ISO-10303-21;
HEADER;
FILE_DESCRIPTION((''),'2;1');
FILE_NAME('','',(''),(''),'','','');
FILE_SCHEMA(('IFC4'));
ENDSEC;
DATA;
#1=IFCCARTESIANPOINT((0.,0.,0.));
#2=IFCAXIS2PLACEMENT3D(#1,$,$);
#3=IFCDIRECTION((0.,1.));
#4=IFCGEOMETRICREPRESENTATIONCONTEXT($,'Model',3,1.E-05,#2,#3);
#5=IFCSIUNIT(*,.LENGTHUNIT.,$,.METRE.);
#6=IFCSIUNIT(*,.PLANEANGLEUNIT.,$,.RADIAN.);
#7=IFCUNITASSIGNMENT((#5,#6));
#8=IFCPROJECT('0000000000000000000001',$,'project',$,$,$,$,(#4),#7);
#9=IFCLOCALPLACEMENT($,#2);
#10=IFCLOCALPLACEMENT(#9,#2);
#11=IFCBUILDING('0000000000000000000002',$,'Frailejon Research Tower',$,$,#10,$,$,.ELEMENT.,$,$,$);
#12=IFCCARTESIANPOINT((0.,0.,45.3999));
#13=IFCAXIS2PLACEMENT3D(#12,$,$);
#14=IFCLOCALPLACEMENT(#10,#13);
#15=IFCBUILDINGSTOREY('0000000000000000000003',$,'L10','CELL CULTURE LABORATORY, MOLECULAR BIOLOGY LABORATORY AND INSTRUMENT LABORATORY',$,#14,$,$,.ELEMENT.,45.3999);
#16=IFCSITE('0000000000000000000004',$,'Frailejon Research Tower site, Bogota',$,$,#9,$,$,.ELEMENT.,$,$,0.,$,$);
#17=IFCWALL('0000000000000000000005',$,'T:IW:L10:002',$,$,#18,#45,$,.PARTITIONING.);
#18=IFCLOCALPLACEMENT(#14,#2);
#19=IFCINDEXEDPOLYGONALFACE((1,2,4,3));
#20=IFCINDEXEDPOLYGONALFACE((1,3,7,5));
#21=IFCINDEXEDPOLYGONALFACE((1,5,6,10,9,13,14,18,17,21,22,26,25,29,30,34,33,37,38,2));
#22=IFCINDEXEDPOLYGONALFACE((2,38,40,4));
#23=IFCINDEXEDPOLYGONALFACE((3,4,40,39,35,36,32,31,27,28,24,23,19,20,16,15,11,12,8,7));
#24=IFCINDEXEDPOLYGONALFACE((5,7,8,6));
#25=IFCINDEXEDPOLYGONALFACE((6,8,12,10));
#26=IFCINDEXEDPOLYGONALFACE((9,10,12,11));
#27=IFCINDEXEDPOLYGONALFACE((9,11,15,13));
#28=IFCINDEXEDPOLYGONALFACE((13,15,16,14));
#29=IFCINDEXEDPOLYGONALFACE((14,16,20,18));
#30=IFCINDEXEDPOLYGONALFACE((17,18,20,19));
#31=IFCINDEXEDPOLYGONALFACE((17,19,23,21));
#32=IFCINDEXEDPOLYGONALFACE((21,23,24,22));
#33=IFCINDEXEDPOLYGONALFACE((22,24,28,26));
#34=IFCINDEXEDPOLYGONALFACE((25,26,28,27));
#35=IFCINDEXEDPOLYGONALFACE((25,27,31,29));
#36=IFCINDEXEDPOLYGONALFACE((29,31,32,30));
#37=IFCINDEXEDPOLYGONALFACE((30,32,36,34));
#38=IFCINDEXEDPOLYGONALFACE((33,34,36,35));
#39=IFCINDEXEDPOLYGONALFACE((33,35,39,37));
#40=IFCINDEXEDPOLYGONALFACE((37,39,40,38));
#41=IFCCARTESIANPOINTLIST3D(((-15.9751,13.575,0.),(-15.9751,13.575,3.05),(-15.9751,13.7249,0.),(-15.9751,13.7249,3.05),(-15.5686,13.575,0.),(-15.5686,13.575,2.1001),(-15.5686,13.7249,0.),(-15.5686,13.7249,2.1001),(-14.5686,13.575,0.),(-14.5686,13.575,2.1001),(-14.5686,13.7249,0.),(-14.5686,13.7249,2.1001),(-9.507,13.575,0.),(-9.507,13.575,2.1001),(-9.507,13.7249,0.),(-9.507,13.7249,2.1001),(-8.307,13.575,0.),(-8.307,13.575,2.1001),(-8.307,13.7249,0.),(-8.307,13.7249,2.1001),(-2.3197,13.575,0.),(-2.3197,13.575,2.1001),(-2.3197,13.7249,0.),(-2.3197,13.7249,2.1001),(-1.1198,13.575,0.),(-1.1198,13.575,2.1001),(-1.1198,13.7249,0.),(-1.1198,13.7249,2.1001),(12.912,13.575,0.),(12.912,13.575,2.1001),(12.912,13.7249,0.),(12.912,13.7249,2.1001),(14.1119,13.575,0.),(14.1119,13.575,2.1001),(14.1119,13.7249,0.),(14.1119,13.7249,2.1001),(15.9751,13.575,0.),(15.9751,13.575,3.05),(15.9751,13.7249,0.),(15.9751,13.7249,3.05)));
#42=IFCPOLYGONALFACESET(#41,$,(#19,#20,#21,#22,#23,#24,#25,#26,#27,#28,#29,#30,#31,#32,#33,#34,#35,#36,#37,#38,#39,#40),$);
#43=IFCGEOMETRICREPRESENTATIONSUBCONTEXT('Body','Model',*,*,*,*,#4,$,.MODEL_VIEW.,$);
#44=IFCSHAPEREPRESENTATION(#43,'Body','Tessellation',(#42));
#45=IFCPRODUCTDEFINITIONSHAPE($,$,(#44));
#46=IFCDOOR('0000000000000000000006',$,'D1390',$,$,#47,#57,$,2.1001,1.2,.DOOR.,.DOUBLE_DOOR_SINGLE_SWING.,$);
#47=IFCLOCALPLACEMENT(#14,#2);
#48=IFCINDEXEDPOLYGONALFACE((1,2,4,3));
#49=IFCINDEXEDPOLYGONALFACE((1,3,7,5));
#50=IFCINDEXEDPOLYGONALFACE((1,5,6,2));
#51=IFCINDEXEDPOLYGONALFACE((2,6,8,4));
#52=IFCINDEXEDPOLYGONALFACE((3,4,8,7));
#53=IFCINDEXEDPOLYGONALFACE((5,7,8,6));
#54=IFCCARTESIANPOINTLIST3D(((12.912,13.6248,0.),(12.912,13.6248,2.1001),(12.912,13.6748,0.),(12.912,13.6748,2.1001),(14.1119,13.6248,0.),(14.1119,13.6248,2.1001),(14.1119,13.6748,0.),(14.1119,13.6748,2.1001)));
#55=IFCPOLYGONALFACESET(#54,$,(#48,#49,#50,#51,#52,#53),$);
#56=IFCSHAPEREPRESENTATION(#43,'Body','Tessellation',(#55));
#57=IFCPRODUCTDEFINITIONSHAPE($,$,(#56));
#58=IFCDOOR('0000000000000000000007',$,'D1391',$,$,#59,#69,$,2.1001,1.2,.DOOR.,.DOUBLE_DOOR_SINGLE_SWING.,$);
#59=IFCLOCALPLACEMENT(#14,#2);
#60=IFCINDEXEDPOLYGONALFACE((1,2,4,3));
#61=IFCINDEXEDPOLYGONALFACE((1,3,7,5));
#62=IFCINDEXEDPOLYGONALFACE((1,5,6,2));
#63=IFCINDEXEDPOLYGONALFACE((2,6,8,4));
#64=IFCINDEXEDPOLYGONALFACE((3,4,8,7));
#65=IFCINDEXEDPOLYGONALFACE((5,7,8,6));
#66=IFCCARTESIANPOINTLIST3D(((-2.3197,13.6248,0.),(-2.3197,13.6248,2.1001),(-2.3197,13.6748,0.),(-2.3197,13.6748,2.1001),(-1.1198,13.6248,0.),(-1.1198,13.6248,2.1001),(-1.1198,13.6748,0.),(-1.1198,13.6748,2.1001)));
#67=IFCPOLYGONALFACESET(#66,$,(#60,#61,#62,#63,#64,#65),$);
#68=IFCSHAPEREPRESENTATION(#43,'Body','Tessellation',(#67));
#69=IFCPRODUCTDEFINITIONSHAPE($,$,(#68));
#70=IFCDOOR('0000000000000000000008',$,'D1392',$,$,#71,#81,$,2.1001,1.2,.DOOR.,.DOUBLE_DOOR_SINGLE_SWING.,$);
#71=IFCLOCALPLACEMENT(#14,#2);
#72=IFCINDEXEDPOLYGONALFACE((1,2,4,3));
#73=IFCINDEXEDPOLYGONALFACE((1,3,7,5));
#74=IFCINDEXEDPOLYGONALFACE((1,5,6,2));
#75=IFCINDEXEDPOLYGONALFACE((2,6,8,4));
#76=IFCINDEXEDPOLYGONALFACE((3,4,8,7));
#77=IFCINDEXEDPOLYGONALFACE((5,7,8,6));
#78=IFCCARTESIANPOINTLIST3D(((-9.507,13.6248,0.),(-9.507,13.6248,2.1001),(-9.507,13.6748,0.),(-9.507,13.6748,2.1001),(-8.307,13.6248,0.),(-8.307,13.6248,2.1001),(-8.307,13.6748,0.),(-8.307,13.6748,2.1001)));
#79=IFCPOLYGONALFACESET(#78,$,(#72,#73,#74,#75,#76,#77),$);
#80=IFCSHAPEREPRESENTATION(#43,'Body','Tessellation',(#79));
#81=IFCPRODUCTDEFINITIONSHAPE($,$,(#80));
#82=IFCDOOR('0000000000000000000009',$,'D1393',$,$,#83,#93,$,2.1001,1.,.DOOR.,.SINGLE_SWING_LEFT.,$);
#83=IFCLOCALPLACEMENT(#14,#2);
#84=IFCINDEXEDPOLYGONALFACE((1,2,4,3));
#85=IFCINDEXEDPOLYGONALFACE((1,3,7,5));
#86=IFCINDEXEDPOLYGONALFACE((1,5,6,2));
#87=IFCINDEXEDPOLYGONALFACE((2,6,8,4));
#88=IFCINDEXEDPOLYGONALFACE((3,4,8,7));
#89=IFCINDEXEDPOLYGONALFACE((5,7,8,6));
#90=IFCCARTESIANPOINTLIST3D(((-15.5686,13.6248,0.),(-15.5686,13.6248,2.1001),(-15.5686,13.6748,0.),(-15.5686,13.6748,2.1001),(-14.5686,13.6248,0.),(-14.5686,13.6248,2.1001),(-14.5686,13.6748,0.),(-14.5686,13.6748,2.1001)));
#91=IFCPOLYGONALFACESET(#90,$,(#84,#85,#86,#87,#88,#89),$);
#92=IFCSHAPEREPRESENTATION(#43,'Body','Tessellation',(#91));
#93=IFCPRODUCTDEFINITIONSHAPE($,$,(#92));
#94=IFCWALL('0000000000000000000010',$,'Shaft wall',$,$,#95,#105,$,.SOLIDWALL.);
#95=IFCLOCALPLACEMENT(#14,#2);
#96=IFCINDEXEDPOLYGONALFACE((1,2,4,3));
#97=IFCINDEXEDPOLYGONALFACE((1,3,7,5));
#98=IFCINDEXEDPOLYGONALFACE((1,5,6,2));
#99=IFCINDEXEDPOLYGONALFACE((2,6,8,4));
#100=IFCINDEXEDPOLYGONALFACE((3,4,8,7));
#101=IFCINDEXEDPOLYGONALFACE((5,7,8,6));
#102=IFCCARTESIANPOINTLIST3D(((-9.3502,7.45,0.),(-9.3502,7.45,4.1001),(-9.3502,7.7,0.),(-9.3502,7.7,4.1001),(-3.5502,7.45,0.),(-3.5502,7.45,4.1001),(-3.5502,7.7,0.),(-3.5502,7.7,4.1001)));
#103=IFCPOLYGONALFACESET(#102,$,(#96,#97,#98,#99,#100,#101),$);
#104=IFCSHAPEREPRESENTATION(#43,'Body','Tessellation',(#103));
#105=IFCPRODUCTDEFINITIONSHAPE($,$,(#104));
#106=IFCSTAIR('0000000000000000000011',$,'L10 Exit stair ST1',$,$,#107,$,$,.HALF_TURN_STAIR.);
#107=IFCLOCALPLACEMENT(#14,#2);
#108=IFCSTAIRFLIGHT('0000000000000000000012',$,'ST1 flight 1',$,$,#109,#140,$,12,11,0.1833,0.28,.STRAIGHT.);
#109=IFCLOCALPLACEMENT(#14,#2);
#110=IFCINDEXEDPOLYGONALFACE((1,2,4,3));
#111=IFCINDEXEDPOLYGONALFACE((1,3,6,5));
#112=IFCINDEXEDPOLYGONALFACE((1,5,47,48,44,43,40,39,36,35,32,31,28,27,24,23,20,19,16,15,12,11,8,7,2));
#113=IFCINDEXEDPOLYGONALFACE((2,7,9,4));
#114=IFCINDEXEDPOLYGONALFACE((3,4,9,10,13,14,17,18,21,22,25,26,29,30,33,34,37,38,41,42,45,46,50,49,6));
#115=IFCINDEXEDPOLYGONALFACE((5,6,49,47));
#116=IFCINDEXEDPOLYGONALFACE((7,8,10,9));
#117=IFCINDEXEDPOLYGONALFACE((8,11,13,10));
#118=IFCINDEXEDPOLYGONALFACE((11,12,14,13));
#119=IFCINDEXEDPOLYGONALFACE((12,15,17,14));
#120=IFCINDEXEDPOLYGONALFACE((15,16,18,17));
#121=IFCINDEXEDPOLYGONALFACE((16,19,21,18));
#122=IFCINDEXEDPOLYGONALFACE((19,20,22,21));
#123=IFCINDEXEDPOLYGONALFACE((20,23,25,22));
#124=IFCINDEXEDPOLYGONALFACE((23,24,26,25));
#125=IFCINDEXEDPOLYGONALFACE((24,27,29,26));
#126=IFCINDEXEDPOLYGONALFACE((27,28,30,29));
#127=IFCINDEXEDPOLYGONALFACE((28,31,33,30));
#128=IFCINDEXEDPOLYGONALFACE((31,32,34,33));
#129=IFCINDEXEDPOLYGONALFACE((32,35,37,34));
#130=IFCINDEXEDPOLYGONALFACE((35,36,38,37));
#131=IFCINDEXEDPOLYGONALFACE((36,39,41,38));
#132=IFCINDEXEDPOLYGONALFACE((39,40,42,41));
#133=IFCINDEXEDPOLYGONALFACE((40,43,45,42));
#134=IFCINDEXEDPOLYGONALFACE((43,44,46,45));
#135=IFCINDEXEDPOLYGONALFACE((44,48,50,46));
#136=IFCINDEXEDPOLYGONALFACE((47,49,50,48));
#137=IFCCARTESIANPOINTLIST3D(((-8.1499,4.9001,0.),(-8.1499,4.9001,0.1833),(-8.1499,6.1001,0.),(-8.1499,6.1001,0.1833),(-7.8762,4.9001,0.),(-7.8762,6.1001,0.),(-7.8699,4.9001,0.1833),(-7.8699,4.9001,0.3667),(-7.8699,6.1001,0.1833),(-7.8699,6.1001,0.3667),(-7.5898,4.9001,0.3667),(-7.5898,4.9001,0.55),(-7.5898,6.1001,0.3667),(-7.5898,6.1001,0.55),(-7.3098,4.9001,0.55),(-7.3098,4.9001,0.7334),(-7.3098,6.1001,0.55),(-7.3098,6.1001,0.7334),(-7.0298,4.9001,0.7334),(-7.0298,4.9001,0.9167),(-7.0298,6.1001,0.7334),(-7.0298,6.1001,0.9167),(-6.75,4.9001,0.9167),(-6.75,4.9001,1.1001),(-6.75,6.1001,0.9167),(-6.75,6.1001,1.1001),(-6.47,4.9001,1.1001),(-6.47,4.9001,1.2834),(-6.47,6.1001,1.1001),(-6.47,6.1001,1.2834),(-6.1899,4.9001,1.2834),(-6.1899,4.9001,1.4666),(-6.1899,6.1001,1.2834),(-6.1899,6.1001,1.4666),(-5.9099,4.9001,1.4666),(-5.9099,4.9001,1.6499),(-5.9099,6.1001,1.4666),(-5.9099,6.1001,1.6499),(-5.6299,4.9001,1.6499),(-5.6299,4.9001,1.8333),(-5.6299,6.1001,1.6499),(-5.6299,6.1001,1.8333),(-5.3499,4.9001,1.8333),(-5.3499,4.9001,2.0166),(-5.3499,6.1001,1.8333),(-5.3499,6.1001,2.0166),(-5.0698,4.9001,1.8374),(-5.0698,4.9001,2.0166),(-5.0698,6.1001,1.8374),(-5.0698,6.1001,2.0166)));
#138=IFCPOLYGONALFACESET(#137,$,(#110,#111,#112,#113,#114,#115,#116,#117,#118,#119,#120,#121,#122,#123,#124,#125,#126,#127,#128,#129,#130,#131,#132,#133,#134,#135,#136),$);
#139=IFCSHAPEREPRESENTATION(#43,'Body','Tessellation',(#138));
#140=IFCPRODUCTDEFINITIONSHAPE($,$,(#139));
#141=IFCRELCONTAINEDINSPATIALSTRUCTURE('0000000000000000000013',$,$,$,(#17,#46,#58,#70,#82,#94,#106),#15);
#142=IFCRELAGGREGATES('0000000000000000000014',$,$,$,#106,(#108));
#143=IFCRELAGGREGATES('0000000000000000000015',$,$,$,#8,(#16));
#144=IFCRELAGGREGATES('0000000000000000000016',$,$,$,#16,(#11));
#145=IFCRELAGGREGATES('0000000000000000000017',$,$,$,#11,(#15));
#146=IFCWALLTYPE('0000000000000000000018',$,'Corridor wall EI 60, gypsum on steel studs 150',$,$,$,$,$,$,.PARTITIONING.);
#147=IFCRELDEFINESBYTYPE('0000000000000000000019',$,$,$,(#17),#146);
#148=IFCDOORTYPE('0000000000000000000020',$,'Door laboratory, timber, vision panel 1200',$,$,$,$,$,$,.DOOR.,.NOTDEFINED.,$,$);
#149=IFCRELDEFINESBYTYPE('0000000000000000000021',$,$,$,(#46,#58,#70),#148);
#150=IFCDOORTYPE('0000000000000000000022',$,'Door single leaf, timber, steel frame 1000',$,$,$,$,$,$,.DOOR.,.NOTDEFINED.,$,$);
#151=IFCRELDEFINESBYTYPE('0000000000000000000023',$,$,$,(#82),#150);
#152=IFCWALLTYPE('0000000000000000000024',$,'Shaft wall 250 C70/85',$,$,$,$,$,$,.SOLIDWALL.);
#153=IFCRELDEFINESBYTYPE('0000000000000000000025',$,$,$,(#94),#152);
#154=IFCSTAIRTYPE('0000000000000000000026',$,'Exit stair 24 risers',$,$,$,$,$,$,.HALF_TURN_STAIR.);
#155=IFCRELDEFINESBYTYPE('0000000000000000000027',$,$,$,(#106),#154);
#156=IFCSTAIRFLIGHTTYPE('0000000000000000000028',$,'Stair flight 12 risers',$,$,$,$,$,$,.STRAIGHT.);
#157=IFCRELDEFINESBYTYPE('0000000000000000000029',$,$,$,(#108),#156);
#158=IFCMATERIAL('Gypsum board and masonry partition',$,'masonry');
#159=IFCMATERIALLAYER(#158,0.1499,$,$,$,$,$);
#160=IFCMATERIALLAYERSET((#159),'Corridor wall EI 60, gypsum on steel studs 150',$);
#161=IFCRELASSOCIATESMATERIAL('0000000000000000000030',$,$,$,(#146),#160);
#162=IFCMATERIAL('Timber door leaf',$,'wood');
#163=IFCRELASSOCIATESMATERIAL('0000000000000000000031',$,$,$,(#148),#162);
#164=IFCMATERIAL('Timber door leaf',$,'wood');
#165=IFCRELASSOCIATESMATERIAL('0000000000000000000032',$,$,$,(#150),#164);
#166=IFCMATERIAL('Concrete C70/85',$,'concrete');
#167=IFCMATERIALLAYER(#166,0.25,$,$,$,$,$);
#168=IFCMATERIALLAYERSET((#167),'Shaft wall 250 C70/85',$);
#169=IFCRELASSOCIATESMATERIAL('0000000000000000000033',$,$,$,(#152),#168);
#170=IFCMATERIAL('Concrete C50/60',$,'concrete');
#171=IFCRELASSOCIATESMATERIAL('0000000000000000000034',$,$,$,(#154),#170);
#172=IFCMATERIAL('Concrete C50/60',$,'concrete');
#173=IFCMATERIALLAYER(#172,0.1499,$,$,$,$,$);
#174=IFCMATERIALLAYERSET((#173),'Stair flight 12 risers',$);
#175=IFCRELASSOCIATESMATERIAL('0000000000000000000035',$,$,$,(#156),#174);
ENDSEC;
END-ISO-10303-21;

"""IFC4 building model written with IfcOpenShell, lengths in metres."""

from ifc_helpers import new_model, si_unit, direction, frame, frame_2d, origin, place, context, subcontext, project, spatial, polyline, rectangle, outline, extrude, material, layer, layer_set, type_object, element, fill, aggregate, save


model = new_model("IFC4")

# Units and contexts
model_context = context("Model", 3, precision=1e-05, world=origin(), true_north=direction((0.0, 1.0)))
body_context = subcontext(model_context, "Body", "Model", "MODEL_VIEW")
ifc_project = project(units=[si_unit("LENGTHUNIT", "METRE"), si_unit("PLANEANGLEUNIT", "RADIAN")], contexts=[model_context])

# Site, building, storey
site_placement = place(None, origin())
site = spatial("IfcSite", under=ifc_project, at=site_placement, Name="Frailejon Research Tower site, Bogota", CompositionType="ELEMENT", RefElevation=0.0)
building_placement = place(site_placement, origin())
building = spatial("IfcBuilding", under=site, at=building_placement, Name="Frailejon Research Tower", CompositionType="ELEMENT")
storey_placement = place(building_placement, frame((0.0, 0.0, 45.3999)))
storey = spatial("IfcBuildingStorey", under=building, at=storey_placement, Name="L10", Description="CELL CULTURE LABORATORY, MOLECULAR BIOLOGY LABORATORY AND INSTRUMENT LABORATORY", CompositionType="ELEMENT", Elevation=45.3999)

# Wall, openings, doors
ifc_material_1 = material(Name="Gypsum board and masonry partition", Category="masonry")
ifc_layer_1 = layer(ifc_material_1, 0.1499)
ifc_layer_set_1 = layer_set([ifc_layer_1], Name="Corridor wall EI 60, gypsum on steel studs 150")
wall_type_1 = type_object("IfcWallType", Name="Corridor wall EI 60, gypsum on steel studs 150", PredefinedType="PARTITIONING", material=ifc_layer_set_1)
wall_1_placement = place(storey_placement, frame((-15.9751, 13.6499, 0.0), z_axis=(0.0, 0.0, 1.0), x_axis=(1.0, 0.0, 0.0)))
wall_1 = element("IfcWall", 1, at=wall_1_placement, inside=storey, type_object=wall_type_1, Name="T:IW:L10:002", PredefinedType="PARTITIONING", context=body_context, shape_type="SweptSolid", body=[
    extrude(rectangle(XDim=31.9502, YDim=0.1499, at=frame_2d((15.9751, 0.0))), origin(), (0.0, 0.0, 1.0), 3.05),
])
opening_1_placement = place(wall_1_placement, frame((28.887, 0.0, 0.0)))
opening_1 = element("IfcOpeningElement", 2, at=opening_1_placement, cuts=wall_1, PredefinedType="OPENING", context=body_context, shape_type="SweptSolid", body=[
    extrude(rectangle(XDim=1.2, YDim=2.1001, at=frame_2d((0.6001, 1.05))), frame((0.0, 0.085, 0.0), z_axis=(0.0, -1.0, 0.0), x_axis=(1.0, 0.0, 0.0)), (0.0, 0.0, 1.0), 0.1699),
])
opening_2_placement = place(wall_1_placement, frame((13.6553, 0.0, 0.0)))
opening_2 = element("IfcOpeningElement", 3, at=opening_2_placement, cuts=wall_1, PredefinedType="OPENING", context=body_context, shape_type="SweptSolid", body=[
    extrude(rectangle(XDim=1.2, YDim=2.1001, at=frame_2d((0.6001, 1.05))), frame((0.0, 0.085, 0.0), z_axis=(0.0, -1.0, 0.0), x_axis=(1.0, 0.0, 0.0)), (0.0, 0.0, 1.0), 0.1699),
])
opening_3_placement = place(wall_1_placement, frame((6.468, 0.0, 0.0)))
opening_3 = element("IfcOpeningElement", 4, at=opening_3_placement, cuts=wall_1, PredefinedType="OPENING", context=body_context, shape_type="SweptSolid", body=[
    extrude(rectangle(XDim=1.2, YDim=2.1001, at=frame_2d((0.6001, 1.05))), frame((0.0, 0.085, 0.0), z_axis=(0.0, -1.0, 0.0), x_axis=(1.0, 0.0, 0.0)), (0.0, 0.0, 1.0), 0.1699),
])
opening_4_placement = place(wall_1_placement, frame((0.4065, 0.0, 0.0)))
opening_4 = element("IfcOpeningElement", 5, at=opening_4_placement, cuts=wall_1, PredefinedType="OPENING", context=body_context, shape_type="SweptSolid", body=[
    extrude(rectangle(XDim=1.0, YDim=2.1001, at=frame_2d((0.5, 1.05))), frame((0.0, 0.085, 0.0), z_axis=(0.0, -1.0, 0.0), x_axis=(1.0, 0.0, 0.0)), (0.0, 0.0, 1.0), 0.1699),
])
ifc_material_2 = material(Name="Timber door leaf", Category="wood")
door_type_1 = type_object("IfcDoorType", Name="Door laboratory, timber, vision panel 1200", OperationType="NOTDEFINED", PredefinedType="DOOR", material=ifc_material_2)
door_1_placement = place(opening_1_placement, origin())
door_1 = element("IfcDoor", 6, at=door_1_placement, inside=storey, type_object=door_type_1, Name="D1390", OperationType="DOUBLE_DOOR_SINGLE_SWING", OverallHeight=2.1001, OverallWidth=1.2, PredefinedType="DOOR", context=body_context, shape_type="SweptSolid", body=[
    extrude(rectangle(XDim=1.2, YDim=2.1001, at=frame_2d((0.6001, 1.05))), frame((0.0, 0.0249, 0.0), z_axis=(0.0, -1.0, 0.0), x_axis=(1.0, 0.0, 0.0)), (0.0, 0.0, 1.0), 0.05),
])
fill(opening_1, door_1)
door_2_placement = place(opening_2_placement, origin())
door_2 = element("IfcDoor", 7, at=door_2_placement, inside=storey, type_object=door_type_1, Name="D1391", OperationType="DOUBLE_DOOR_SINGLE_SWING", OverallHeight=2.1001, OverallWidth=1.2, PredefinedType="DOOR", context=body_context, shape_type="SweptSolid", body=[
    extrude(rectangle(XDim=1.2, YDim=2.1001, at=frame_2d((0.6001, 1.05))), frame((0.0, 0.0249, 0.0), z_axis=(0.0, -1.0, 0.0), x_axis=(1.0, 0.0, 0.0)), (0.0, 0.0, 1.0), 0.05),
])
fill(opening_2, door_2)
door_3_placement = place(opening_3_placement, origin())
door_3 = element("IfcDoor", 8, at=door_3_placement, inside=storey, type_object=door_type_1, Name="D1392", OperationType="DOUBLE_DOOR_SINGLE_SWING", OverallHeight=2.1001, OverallWidth=1.2, PredefinedType="DOOR", context=body_context, shape_type="SweptSolid", body=[
    extrude(rectangle(XDim=1.2, YDim=2.1001, at=frame_2d((0.6001, 1.05))), frame((0.0, 0.0249, 0.0), z_axis=(0.0, -1.0, 0.0), x_axis=(1.0, 0.0, 0.0)), (0.0, 0.0, 1.0), 0.05),
])
fill(opening_3, door_3)
ifc_material_3 = material(Name="Timber door leaf", Category="wood")
door_type_2 = type_object("IfcDoorType", Name="Door single leaf, timber, steel frame 1000", OperationType="NOTDEFINED", PredefinedType="DOOR", material=ifc_material_3)
door_4_placement = place(opening_4_placement, origin())
door_4 = element("IfcDoor", 9, at=door_4_placement, inside=storey, type_object=door_type_2, Name="D1393", OperationType="SINGLE_SWING_LEFT", OverallHeight=2.1001, OverallWidth=1.0, PredefinedType="DOOR", context=body_context, shape_type="SweptSolid", body=[
    extrude(rectangle(XDim=1.0, YDim=2.1001, at=frame_2d((0.5, 1.05))), frame((0.0, 0.0249, 0.0), z_axis=(0.0, -1.0, 0.0), x_axis=(1.0, 0.0, 0.0)), (0.0, 0.0, 1.0), 0.05),
])
fill(opening_4, door_4)

# Wall
ifc_material_4 = material(Name="Concrete C70/85", Category="concrete")
ifc_layer_2 = layer(ifc_material_4, 0.25)
ifc_layer_set_2 = layer_set([ifc_layer_2], Name="Shaft wall 250 C70/85")
wall_type_2 = type_object("IfcWallType", Name="Shaft wall 250 C70/85", PredefinedType="SOLIDWALL", material=ifc_layer_set_2)
wall_2_placement = place(storey_placement, frame((-9.3501, 7.575, 0.0), z_axis=(0.0, 0.0, 1.0), x_axis=(1.0, 0.0, 0.0)))
element("IfcWall", 10, at=wall_2_placement, inside=storey, type_object=wall_type_2, Name="Shaft wall", PredefinedType="SOLIDWALL", context=body_context, shape_type="SweptSolid", body=[
    extrude(rectangle(XDim=5.8, YDim=0.25, at=frame_2d((2.8999, 0.0))), origin(), (0.0, 0.0, 1.0), 4.1001),
])

# Stair, stair flight
ifc_material_5 = material(Name="Concrete C50/60", Category="concrete")
stair_type = type_object("IfcStairType", Name="Exit stair 24 risers", PredefinedType="HALF_TURN_STAIR", material=ifc_material_5)
stair_placement = place(storey_placement, origin())
stair = element("IfcStair", 11, at=stair_placement, inside=storey, type_object=stair_type, Name="L10 Exit stair ST1", PredefinedType="HALF_TURN_STAIR")
ifc_material_6 = material(Name="Concrete C50/60", Category="concrete")
ifc_layer_3 = layer(ifc_material_6, 0.1499)
ifc_layer_set_3 = layer_set([ifc_layer_3], Name="Stair flight 12 risers")
stair_flight_type = type_object("IfcStairFlightType", Name="Stair flight 12 risers", PredefinedType="STRAIGHT", material=ifc_layer_set_3)
stair_flight_1_placement = place(storey_placement, frame((-8.1499, 5.5, 0.0), z_axis=(0.0, 0.0, 1.0), x_axis=(1.0, 0.0, 0.0)))
stair_flight_1 = element("IfcStairFlight", 12, at=stair_flight_1_placement, type_object=stair_flight_type, Name="ST1 flight 1", NumberOfRisers=12, NumberOfTreads=11, PredefinedType="STRAIGHT", RiserHeight=0.1833, TreadLength=0.28, context=body_context, shape_type="SweptSolid", body=[
    extrude(outline(polyline([(0.0, 0.0), (0.0, 0.1833), (0.28, 0.1833), (0.28, 0.3667), (0.5601, 0.3667), (0.5601, 0.55), (0.8401, 0.55), (0.8401, 0.7334), (1.1201, 0.7334), (1.1201, 0.9167), (1.3999, 0.9167), (1.3999, 1.1001), (1.6799, 1.1001), (1.6799, 1.2834), (1.96, 1.2834), (1.96, 1.4666), (2.24, 1.4666), (2.24, 1.6499), (2.52, 1.6499), (2.52, 1.8333), (2.8, 1.8333), (2.8, 2.0166), (3.0801, 2.0166), (3.0801, 2.2), (3.0801, 1.8374), (0.2737, 0.0), (0.0, 0.0)])), frame((0.0, 0.6001, 0.0), z_axis=(0.0, -1.0, 0.0), x_axis=(1.0, 0.0, 0.0)), (0.0, 0.0, 1.0), 1.2),
])
aggregate(stair, [stair_flight_1])

save(model, "model.ifc")
